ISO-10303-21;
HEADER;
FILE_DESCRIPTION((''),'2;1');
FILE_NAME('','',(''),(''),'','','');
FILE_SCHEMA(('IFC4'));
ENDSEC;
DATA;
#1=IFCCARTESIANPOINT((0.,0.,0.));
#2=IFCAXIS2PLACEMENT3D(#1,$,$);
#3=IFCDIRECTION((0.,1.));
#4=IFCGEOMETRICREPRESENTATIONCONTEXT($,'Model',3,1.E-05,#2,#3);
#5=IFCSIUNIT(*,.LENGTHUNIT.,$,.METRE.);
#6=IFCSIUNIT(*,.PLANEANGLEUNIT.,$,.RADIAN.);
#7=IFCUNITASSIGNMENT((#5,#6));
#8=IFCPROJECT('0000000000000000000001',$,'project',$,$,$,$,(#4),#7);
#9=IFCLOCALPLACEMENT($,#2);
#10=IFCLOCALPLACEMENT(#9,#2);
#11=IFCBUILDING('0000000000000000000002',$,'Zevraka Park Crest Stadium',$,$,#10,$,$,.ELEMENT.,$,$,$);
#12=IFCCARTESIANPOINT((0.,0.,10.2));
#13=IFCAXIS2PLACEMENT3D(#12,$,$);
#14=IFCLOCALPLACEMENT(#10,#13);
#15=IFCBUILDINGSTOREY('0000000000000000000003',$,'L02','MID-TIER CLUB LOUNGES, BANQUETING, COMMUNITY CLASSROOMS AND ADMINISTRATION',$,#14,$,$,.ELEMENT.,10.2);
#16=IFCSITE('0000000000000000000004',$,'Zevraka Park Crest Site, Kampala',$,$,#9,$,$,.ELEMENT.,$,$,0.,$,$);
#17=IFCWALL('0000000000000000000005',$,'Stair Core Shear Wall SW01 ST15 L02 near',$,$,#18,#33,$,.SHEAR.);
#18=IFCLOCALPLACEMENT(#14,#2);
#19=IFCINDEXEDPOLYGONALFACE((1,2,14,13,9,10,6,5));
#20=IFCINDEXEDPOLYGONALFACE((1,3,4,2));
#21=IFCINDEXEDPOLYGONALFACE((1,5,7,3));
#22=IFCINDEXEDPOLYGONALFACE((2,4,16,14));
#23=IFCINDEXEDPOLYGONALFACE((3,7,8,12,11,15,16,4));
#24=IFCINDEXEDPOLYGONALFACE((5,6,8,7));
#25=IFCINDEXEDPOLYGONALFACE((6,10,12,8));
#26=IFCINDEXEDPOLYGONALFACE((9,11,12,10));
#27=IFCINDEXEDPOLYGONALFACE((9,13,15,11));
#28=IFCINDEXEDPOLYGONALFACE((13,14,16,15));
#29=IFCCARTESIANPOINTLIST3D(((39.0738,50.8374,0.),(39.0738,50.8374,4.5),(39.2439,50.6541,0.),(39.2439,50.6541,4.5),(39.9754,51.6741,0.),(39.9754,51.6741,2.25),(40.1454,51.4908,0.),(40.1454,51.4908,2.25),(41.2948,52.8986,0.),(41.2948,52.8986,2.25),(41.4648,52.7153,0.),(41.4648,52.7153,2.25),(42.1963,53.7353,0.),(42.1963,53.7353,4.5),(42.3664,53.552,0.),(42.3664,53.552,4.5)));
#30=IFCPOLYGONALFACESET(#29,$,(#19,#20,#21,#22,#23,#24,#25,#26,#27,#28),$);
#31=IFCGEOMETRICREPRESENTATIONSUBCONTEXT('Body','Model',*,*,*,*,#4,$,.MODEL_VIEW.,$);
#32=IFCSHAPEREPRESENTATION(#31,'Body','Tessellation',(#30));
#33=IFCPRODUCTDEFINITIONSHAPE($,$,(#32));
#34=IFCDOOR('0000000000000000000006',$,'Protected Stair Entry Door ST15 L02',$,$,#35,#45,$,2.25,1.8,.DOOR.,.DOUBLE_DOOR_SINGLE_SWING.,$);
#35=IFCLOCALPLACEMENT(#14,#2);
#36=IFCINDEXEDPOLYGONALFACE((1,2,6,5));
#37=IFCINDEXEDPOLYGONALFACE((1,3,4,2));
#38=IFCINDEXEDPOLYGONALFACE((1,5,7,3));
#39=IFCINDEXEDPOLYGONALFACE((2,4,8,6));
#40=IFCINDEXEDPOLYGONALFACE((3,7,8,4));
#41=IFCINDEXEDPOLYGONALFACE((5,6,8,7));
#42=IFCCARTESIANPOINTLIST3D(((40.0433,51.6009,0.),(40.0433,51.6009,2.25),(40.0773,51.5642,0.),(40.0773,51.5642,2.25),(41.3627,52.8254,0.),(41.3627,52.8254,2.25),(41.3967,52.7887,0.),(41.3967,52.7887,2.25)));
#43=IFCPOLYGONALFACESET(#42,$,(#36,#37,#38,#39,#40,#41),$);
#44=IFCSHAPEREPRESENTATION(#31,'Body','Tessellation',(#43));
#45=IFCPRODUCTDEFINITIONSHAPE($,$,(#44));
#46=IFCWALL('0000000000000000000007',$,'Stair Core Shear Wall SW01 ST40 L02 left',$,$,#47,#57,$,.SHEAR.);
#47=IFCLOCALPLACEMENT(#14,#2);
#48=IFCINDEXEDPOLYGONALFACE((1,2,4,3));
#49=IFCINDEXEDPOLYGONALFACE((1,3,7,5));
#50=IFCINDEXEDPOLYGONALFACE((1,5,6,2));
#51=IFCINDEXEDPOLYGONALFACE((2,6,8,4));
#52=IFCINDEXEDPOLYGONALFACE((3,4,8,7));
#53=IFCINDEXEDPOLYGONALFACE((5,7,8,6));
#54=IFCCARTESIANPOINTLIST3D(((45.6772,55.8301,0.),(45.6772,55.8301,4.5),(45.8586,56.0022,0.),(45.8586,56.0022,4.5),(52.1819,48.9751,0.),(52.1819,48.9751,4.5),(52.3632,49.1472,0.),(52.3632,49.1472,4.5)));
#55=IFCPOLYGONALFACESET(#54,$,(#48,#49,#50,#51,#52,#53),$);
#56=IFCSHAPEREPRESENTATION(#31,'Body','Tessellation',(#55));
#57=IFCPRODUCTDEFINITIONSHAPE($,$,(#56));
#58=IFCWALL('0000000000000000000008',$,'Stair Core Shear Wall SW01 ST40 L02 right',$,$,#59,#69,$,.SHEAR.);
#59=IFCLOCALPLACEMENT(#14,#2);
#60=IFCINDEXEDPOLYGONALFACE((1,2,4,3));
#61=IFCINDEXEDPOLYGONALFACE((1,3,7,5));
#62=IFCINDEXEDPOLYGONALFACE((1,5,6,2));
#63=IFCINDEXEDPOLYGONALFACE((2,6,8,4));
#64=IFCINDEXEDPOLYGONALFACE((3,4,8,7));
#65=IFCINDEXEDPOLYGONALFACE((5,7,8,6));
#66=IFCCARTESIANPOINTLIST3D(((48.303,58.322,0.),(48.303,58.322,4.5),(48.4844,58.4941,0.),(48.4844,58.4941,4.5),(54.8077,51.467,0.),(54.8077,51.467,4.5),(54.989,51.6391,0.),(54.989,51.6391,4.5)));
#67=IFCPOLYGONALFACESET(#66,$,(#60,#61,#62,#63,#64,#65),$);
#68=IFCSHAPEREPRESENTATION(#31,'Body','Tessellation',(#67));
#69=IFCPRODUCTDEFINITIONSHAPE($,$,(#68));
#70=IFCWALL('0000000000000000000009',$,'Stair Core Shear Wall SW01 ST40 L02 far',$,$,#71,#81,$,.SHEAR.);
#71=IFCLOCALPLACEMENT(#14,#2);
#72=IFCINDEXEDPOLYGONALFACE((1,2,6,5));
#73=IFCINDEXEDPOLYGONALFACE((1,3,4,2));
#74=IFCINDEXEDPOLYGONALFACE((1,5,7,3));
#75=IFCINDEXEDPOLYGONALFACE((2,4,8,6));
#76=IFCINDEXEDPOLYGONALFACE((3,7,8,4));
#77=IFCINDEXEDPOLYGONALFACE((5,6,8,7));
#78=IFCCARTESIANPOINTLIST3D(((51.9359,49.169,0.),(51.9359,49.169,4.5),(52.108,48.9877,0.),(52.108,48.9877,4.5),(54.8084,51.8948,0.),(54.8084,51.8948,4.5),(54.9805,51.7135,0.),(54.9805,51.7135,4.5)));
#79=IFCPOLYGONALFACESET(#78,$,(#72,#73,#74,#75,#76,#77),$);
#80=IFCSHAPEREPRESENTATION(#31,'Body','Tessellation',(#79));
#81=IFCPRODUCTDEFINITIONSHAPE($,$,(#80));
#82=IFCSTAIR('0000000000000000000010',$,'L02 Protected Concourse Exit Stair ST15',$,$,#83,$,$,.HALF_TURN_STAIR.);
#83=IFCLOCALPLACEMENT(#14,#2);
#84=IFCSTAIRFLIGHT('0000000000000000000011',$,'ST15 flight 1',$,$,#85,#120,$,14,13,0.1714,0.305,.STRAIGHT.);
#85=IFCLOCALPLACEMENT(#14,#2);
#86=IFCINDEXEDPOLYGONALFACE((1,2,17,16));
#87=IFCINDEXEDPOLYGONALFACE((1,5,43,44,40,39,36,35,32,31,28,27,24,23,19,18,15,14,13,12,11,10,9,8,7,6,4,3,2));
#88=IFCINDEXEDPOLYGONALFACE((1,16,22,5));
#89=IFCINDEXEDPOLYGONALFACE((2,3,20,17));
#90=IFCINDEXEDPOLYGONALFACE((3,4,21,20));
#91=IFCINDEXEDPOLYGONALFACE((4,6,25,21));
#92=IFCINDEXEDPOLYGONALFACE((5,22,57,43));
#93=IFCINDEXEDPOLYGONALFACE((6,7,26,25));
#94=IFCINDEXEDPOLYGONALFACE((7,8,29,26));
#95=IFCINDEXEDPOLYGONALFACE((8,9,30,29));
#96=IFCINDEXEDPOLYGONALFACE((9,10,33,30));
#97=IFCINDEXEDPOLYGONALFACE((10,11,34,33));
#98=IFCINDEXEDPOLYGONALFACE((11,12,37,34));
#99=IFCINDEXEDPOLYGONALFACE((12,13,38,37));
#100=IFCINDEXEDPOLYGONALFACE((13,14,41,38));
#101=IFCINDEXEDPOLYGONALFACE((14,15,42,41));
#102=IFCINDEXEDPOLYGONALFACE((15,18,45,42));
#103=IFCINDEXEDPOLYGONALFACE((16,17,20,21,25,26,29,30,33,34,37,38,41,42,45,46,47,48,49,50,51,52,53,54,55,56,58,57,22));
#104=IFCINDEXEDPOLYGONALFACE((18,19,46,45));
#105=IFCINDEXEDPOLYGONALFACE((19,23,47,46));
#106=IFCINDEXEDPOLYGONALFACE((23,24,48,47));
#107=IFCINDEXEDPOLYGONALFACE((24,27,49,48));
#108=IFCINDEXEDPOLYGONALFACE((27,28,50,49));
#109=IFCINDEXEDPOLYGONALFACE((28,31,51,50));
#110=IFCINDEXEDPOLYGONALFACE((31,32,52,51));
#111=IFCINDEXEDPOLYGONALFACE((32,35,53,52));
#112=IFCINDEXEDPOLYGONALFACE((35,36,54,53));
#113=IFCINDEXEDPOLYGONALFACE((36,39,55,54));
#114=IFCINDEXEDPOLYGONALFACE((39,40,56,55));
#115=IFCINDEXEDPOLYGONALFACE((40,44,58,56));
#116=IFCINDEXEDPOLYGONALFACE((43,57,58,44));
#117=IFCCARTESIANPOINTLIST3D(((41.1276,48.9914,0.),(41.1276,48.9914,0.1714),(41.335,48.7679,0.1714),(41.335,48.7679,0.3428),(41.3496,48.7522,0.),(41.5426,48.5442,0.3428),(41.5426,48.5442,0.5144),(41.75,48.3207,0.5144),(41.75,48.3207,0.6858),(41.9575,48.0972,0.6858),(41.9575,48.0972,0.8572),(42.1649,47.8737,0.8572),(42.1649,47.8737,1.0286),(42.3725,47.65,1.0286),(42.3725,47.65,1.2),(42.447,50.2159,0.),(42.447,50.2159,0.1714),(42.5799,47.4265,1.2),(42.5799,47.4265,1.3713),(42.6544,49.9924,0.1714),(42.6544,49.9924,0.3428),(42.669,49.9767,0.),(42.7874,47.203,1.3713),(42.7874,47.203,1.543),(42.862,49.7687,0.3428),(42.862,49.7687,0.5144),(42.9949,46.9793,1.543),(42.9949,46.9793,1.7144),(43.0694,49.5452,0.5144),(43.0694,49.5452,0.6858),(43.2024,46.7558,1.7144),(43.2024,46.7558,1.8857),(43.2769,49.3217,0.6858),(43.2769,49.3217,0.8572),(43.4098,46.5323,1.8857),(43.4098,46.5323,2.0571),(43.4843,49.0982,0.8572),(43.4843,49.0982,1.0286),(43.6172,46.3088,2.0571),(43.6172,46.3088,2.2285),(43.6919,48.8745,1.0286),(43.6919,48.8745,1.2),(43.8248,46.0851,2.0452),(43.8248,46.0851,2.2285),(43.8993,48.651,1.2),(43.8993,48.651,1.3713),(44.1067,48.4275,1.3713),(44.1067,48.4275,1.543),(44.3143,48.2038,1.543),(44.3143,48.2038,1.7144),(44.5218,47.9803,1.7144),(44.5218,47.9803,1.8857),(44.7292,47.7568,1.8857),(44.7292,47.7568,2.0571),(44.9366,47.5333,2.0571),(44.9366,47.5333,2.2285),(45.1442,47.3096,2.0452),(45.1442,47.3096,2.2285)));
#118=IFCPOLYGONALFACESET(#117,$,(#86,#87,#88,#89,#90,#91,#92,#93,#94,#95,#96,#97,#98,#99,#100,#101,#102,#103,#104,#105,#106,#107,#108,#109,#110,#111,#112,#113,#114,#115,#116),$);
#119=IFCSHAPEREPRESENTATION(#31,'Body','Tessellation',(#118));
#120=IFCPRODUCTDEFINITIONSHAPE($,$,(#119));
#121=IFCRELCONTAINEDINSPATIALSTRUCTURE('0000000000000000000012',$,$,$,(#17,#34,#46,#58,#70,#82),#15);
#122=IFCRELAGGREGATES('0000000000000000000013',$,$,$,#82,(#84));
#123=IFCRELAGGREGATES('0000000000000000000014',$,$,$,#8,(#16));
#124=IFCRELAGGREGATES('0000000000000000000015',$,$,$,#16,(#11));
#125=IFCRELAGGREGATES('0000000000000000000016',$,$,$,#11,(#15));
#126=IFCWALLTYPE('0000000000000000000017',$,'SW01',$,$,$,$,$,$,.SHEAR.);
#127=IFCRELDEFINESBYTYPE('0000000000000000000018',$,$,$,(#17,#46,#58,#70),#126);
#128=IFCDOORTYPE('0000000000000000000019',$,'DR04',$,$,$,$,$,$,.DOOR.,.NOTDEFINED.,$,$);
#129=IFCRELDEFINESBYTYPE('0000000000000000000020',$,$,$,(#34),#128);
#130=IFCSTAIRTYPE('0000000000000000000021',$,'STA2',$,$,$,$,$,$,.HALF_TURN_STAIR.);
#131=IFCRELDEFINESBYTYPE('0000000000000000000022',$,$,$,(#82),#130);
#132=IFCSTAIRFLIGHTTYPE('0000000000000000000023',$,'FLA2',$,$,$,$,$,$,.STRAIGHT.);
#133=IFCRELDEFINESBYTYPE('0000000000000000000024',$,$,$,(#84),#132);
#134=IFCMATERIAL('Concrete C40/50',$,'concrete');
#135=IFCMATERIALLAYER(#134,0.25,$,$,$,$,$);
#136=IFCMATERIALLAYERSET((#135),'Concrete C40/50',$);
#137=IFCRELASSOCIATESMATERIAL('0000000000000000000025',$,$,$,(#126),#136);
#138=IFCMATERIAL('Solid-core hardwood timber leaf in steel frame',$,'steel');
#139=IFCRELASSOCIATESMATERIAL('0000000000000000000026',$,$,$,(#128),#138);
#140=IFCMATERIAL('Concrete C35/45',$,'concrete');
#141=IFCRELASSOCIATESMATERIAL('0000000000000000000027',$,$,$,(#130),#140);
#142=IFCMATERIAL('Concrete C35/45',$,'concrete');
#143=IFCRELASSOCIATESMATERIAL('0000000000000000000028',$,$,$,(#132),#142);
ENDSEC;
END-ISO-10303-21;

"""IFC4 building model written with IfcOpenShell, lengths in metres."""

from ifc_helpers import new_model, si_unit, direction, frame, frame_2d, origin, place, context, subcontext, project, spatial, polyline, rectangle, outline, extrude, material, layer, layer_set, type_object, element, fill, aggregate, save


model = new_model("IFC4")

# Units and contexts
model_context = context("Model", 3, precision=1e-05, world=origin(), true_north=direction((0.0, 1.0)))
body_context = subcontext(model_context, "Body", "Model", "MODEL_VIEW")
ifc_project = project(units=[si_unit("LENGTHUNIT", "METRE"), si_unit("PLANEANGLEUNIT", "RADIAN")], contexts=[model_context])

# Site, building, storey
site_placement = place(None, origin())
site = spatial("IfcSite", under=ifc_project, at=site_placement, Name="Zevraka Park Crest Site, Kampala", CompositionType="ELEMENT", RefElevation=0.0)
building_placement = place(site_placement, origin())
building = spatial("IfcBuilding", under=site, at=building_placement, Name="Zevraka Park Crest Stadium", CompositionType="ELEMENT")
storey_placement = place(building_placement, frame((0.0, 0.0, 10.2)))
storey = spatial("IfcBuildingStorey", under=building, at=storey_placement, Name="L02", Description="MID-TIER CLUB LOUNGES, BANQUETING, COMMUNITY CLASSROOMS AND ADMINISTRATION", CompositionType="ELEMENT", Elevation=10.2)

# Shared definitions
ifc_material_1 = material(Name="Concrete C40/50", Category="concrete")
ifc_layer = layer(ifc_material_1, 0.25)
ifc_layer_set = layer_set([ifc_layer], Name="Concrete C40/50")
wall_type = type_object("IfcWallType", Name="SW01", PredefinedType="SHEAR", material=ifc_layer_set)

# Wall, opening, door
wall_1_placement = place(storey_placement, frame((42.2812, 53.6436, 0.0), z_axis=(0.0, 0.0, 1.0), x_axis=(-0.732977, -0.680253, 0.0)))
wall_1 = element("IfcWall", 1, at=wall_1_placement, inside=storey, type_object=wall_type, Name="Stair Core Shear Wall SW01 ST15 L02 near", PredefinedType="SHEAR", context=body_context, shape_type="SweptSolid", body=[
    extrude(rectangle(XDim=4.26, YDim=0.25, at=frame_2d((2.1299, 0.0))), origin(), (0.0, 0.0, 1.0), 4.5),
])
opening_placement = place(wall_1_placement, frame((1.23, 0.0, 0.0)))
opening = element("IfcOpeningElement", 2, at=opening_placement, cuts=wall_1, PredefinedType="OPENING", context=body_context, shape_type="SweptSolid", body=[
    extrude(rectangle(XDim=1.8, YDim=2.25, at=frame_2d((0.8999, 1.125))), frame((0.0, 0.135, 0.0), z_axis=(0.0, -1.0, 0.0), x_axis=(1.0, 0.0, 0.0)), (0.0, 0.0, 1.0), 0.27),
])
ifc_material_2 = material(Name="Solid-core hardwood timber leaf in steel frame", Category="steel")
door_type = type_object("IfcDoorType", Name="DR04", OperationType="NOTDEFINED", PredefinedType="DOOR", material=ifc_material_2)
door_placement = place(opening_placement, origin())
door = element("IfcDoor", 3, at=door_placement, inside=storey, type_object=door_type, Name="Protected Stair Entry Door ST15 L02", OperationType="DOUBLE_DOOR_SINGLE_SWING", OverallHeight=2.25, OverallWidth=1.8, PredefinedType="DOOR", context=body_context, shape_type="SweptSolid", body=[
    extrude(rectangle(XDim=1.8, YDim=2.25, at=frame_2d((0.8999, 1.125))), frame((0.0, 0.0249, 0.0), z_axis=(0.0, -1.0, 0.0), x_axis=(1.0, 0.0, 0.0)), (0.0, 0.0, 1.0), 0.05),
])
fill(opening, door)

# Walls
for number, where, z_axis, x_axis, name in (
    (4, (45.7678, 55.9163, 0.0), (0.0, 0.0, 1.0), (0.688327, -0.725401, 0.0), "Stair Core Shear Wall SW01 ST40 L02 left"),
    (5, (54.8984, 51.553, 0.0), (0.0, 0.0, 1.0), (-0.688327, 0.725401, 0.0), "Stair Core Shear Wall SW01 ST40 L02 right"),
):
    element("IfcWall", number, at=place(storey_placement, frame(where, z_axis=z_axis, x_axis=x_axis)), inside=storey, type_object=wall_type, Name=name, PredefinedType="SHEAR", context=body_context, shape_type="SweptSolid", body=[
        extrude(rectangle(XDim=9.45, YDim=0.25, at=frame_2d((4.7251, 0.0))), origin(), (0.0, 0.0, 1.0), 4.5),
    ])
wall_2_placement = place(storey_placement, frame((52.022, 49.0784, 0.0), z_axis=(0.0, 0.0, 1.0), x_axis=(0.72539, 0.688338, 0.0)))
element("IfcWall", 6, at=wall_2_placement, inside=storey, type_object=wall_type, Name="Stair Core Shear Wall SW01 ST40 L02 far", PredefinedType="SHEAR", context=body_context, shape_type="SweptSolid", body=[
    extrude(rectangle(XDim=3.96, YDim=0.25, at=frame_2d((1.98, 0.0))), origin(), (0.0, 0.0, 1.0), 4.5),
])

# Stair, stair flight
ifc_material_3 = material(Name="Concrete C35/45", Category="concrete")
stair_type = type_object("IfcStairType", Name="STA2", PredefinedType="HALF_TURN_STAIR", material=ifc_material_3)
stair_placement = place(storey_placement, origin())
stair = element("IfcStair", 7, at=stair_placement, inside=storey, type_object=stair_type, Name="L02 Protected Concourse Exit Stair ST15", PredefinedType="HALF_TURN_STAIR")
ifc_material_4 = material(Name="Concrete C35/45", Category="concrete")
stair_flight_type = type_object("IfcStairFlightType", Name="FLA2", PredefinedType="STRAIGHT", material=ifc_material_4)
stair_flight_placement = place(storey_placement, frame((41.7874, 49.6038, 0.0), z_axis=(0.0, 0.0, 1.0), x_axis=(0.680255, -0.732975, 0.0)))
stair_flight = element("IfcStairFlight", 8, at=stair_flight_placement, type_object=stair_flight_type, Name="ST15 flight 1", NumberOfRisers=14, NumberOfTreads=13, PredefinedType="STRAIGHT", RiserHeight=0.1714, TreadLength=0.305, context=body_context, shape_type="SweptSolid", body=[
    extrude(outline(polyline([(0.0, 0.0), (0.0, 0.1714), (0.3049, 0.1714), (0.3049, 0.3428), (0.6101, 0.3428), (0.6101, 0.5144), (0.915, 0.5144), (0.915, 0.6858), (1.22, 0.6858), (1.22, 0.8572), (1.5249, 0.8572), (1.5249, 1.0286), (1.8301, 1.0286), (1.8301, 1.2), (2.135, 1.2), (2.135, 1.3713), (2.4399, 1.3713), (2.4399, 1.543), (2.7451, 1.543), (2.7451, 1.7144), (3.05, 1.7144), (3.05, 1.8857), (3.355, 1.8857), (3.355, 2.0571), (3.6599, 2.0571), (3.6599, 2.2285), (3.9651, 2.2285), (3.9651, 2.3999), (3.9651, 2.0452), (0.3264, 0.0), (0.0, 0.0)])), frame((0.0, 0.8999, 0.0), z_axis=(0.0, -1.0, 0.0), x_axis=(1.0, 0.0, 0.0)), (0.0, 0.0, 1.0), 1.8),
])
aggregate(stair, [stair_flight])

save(model, "model.ifc")
